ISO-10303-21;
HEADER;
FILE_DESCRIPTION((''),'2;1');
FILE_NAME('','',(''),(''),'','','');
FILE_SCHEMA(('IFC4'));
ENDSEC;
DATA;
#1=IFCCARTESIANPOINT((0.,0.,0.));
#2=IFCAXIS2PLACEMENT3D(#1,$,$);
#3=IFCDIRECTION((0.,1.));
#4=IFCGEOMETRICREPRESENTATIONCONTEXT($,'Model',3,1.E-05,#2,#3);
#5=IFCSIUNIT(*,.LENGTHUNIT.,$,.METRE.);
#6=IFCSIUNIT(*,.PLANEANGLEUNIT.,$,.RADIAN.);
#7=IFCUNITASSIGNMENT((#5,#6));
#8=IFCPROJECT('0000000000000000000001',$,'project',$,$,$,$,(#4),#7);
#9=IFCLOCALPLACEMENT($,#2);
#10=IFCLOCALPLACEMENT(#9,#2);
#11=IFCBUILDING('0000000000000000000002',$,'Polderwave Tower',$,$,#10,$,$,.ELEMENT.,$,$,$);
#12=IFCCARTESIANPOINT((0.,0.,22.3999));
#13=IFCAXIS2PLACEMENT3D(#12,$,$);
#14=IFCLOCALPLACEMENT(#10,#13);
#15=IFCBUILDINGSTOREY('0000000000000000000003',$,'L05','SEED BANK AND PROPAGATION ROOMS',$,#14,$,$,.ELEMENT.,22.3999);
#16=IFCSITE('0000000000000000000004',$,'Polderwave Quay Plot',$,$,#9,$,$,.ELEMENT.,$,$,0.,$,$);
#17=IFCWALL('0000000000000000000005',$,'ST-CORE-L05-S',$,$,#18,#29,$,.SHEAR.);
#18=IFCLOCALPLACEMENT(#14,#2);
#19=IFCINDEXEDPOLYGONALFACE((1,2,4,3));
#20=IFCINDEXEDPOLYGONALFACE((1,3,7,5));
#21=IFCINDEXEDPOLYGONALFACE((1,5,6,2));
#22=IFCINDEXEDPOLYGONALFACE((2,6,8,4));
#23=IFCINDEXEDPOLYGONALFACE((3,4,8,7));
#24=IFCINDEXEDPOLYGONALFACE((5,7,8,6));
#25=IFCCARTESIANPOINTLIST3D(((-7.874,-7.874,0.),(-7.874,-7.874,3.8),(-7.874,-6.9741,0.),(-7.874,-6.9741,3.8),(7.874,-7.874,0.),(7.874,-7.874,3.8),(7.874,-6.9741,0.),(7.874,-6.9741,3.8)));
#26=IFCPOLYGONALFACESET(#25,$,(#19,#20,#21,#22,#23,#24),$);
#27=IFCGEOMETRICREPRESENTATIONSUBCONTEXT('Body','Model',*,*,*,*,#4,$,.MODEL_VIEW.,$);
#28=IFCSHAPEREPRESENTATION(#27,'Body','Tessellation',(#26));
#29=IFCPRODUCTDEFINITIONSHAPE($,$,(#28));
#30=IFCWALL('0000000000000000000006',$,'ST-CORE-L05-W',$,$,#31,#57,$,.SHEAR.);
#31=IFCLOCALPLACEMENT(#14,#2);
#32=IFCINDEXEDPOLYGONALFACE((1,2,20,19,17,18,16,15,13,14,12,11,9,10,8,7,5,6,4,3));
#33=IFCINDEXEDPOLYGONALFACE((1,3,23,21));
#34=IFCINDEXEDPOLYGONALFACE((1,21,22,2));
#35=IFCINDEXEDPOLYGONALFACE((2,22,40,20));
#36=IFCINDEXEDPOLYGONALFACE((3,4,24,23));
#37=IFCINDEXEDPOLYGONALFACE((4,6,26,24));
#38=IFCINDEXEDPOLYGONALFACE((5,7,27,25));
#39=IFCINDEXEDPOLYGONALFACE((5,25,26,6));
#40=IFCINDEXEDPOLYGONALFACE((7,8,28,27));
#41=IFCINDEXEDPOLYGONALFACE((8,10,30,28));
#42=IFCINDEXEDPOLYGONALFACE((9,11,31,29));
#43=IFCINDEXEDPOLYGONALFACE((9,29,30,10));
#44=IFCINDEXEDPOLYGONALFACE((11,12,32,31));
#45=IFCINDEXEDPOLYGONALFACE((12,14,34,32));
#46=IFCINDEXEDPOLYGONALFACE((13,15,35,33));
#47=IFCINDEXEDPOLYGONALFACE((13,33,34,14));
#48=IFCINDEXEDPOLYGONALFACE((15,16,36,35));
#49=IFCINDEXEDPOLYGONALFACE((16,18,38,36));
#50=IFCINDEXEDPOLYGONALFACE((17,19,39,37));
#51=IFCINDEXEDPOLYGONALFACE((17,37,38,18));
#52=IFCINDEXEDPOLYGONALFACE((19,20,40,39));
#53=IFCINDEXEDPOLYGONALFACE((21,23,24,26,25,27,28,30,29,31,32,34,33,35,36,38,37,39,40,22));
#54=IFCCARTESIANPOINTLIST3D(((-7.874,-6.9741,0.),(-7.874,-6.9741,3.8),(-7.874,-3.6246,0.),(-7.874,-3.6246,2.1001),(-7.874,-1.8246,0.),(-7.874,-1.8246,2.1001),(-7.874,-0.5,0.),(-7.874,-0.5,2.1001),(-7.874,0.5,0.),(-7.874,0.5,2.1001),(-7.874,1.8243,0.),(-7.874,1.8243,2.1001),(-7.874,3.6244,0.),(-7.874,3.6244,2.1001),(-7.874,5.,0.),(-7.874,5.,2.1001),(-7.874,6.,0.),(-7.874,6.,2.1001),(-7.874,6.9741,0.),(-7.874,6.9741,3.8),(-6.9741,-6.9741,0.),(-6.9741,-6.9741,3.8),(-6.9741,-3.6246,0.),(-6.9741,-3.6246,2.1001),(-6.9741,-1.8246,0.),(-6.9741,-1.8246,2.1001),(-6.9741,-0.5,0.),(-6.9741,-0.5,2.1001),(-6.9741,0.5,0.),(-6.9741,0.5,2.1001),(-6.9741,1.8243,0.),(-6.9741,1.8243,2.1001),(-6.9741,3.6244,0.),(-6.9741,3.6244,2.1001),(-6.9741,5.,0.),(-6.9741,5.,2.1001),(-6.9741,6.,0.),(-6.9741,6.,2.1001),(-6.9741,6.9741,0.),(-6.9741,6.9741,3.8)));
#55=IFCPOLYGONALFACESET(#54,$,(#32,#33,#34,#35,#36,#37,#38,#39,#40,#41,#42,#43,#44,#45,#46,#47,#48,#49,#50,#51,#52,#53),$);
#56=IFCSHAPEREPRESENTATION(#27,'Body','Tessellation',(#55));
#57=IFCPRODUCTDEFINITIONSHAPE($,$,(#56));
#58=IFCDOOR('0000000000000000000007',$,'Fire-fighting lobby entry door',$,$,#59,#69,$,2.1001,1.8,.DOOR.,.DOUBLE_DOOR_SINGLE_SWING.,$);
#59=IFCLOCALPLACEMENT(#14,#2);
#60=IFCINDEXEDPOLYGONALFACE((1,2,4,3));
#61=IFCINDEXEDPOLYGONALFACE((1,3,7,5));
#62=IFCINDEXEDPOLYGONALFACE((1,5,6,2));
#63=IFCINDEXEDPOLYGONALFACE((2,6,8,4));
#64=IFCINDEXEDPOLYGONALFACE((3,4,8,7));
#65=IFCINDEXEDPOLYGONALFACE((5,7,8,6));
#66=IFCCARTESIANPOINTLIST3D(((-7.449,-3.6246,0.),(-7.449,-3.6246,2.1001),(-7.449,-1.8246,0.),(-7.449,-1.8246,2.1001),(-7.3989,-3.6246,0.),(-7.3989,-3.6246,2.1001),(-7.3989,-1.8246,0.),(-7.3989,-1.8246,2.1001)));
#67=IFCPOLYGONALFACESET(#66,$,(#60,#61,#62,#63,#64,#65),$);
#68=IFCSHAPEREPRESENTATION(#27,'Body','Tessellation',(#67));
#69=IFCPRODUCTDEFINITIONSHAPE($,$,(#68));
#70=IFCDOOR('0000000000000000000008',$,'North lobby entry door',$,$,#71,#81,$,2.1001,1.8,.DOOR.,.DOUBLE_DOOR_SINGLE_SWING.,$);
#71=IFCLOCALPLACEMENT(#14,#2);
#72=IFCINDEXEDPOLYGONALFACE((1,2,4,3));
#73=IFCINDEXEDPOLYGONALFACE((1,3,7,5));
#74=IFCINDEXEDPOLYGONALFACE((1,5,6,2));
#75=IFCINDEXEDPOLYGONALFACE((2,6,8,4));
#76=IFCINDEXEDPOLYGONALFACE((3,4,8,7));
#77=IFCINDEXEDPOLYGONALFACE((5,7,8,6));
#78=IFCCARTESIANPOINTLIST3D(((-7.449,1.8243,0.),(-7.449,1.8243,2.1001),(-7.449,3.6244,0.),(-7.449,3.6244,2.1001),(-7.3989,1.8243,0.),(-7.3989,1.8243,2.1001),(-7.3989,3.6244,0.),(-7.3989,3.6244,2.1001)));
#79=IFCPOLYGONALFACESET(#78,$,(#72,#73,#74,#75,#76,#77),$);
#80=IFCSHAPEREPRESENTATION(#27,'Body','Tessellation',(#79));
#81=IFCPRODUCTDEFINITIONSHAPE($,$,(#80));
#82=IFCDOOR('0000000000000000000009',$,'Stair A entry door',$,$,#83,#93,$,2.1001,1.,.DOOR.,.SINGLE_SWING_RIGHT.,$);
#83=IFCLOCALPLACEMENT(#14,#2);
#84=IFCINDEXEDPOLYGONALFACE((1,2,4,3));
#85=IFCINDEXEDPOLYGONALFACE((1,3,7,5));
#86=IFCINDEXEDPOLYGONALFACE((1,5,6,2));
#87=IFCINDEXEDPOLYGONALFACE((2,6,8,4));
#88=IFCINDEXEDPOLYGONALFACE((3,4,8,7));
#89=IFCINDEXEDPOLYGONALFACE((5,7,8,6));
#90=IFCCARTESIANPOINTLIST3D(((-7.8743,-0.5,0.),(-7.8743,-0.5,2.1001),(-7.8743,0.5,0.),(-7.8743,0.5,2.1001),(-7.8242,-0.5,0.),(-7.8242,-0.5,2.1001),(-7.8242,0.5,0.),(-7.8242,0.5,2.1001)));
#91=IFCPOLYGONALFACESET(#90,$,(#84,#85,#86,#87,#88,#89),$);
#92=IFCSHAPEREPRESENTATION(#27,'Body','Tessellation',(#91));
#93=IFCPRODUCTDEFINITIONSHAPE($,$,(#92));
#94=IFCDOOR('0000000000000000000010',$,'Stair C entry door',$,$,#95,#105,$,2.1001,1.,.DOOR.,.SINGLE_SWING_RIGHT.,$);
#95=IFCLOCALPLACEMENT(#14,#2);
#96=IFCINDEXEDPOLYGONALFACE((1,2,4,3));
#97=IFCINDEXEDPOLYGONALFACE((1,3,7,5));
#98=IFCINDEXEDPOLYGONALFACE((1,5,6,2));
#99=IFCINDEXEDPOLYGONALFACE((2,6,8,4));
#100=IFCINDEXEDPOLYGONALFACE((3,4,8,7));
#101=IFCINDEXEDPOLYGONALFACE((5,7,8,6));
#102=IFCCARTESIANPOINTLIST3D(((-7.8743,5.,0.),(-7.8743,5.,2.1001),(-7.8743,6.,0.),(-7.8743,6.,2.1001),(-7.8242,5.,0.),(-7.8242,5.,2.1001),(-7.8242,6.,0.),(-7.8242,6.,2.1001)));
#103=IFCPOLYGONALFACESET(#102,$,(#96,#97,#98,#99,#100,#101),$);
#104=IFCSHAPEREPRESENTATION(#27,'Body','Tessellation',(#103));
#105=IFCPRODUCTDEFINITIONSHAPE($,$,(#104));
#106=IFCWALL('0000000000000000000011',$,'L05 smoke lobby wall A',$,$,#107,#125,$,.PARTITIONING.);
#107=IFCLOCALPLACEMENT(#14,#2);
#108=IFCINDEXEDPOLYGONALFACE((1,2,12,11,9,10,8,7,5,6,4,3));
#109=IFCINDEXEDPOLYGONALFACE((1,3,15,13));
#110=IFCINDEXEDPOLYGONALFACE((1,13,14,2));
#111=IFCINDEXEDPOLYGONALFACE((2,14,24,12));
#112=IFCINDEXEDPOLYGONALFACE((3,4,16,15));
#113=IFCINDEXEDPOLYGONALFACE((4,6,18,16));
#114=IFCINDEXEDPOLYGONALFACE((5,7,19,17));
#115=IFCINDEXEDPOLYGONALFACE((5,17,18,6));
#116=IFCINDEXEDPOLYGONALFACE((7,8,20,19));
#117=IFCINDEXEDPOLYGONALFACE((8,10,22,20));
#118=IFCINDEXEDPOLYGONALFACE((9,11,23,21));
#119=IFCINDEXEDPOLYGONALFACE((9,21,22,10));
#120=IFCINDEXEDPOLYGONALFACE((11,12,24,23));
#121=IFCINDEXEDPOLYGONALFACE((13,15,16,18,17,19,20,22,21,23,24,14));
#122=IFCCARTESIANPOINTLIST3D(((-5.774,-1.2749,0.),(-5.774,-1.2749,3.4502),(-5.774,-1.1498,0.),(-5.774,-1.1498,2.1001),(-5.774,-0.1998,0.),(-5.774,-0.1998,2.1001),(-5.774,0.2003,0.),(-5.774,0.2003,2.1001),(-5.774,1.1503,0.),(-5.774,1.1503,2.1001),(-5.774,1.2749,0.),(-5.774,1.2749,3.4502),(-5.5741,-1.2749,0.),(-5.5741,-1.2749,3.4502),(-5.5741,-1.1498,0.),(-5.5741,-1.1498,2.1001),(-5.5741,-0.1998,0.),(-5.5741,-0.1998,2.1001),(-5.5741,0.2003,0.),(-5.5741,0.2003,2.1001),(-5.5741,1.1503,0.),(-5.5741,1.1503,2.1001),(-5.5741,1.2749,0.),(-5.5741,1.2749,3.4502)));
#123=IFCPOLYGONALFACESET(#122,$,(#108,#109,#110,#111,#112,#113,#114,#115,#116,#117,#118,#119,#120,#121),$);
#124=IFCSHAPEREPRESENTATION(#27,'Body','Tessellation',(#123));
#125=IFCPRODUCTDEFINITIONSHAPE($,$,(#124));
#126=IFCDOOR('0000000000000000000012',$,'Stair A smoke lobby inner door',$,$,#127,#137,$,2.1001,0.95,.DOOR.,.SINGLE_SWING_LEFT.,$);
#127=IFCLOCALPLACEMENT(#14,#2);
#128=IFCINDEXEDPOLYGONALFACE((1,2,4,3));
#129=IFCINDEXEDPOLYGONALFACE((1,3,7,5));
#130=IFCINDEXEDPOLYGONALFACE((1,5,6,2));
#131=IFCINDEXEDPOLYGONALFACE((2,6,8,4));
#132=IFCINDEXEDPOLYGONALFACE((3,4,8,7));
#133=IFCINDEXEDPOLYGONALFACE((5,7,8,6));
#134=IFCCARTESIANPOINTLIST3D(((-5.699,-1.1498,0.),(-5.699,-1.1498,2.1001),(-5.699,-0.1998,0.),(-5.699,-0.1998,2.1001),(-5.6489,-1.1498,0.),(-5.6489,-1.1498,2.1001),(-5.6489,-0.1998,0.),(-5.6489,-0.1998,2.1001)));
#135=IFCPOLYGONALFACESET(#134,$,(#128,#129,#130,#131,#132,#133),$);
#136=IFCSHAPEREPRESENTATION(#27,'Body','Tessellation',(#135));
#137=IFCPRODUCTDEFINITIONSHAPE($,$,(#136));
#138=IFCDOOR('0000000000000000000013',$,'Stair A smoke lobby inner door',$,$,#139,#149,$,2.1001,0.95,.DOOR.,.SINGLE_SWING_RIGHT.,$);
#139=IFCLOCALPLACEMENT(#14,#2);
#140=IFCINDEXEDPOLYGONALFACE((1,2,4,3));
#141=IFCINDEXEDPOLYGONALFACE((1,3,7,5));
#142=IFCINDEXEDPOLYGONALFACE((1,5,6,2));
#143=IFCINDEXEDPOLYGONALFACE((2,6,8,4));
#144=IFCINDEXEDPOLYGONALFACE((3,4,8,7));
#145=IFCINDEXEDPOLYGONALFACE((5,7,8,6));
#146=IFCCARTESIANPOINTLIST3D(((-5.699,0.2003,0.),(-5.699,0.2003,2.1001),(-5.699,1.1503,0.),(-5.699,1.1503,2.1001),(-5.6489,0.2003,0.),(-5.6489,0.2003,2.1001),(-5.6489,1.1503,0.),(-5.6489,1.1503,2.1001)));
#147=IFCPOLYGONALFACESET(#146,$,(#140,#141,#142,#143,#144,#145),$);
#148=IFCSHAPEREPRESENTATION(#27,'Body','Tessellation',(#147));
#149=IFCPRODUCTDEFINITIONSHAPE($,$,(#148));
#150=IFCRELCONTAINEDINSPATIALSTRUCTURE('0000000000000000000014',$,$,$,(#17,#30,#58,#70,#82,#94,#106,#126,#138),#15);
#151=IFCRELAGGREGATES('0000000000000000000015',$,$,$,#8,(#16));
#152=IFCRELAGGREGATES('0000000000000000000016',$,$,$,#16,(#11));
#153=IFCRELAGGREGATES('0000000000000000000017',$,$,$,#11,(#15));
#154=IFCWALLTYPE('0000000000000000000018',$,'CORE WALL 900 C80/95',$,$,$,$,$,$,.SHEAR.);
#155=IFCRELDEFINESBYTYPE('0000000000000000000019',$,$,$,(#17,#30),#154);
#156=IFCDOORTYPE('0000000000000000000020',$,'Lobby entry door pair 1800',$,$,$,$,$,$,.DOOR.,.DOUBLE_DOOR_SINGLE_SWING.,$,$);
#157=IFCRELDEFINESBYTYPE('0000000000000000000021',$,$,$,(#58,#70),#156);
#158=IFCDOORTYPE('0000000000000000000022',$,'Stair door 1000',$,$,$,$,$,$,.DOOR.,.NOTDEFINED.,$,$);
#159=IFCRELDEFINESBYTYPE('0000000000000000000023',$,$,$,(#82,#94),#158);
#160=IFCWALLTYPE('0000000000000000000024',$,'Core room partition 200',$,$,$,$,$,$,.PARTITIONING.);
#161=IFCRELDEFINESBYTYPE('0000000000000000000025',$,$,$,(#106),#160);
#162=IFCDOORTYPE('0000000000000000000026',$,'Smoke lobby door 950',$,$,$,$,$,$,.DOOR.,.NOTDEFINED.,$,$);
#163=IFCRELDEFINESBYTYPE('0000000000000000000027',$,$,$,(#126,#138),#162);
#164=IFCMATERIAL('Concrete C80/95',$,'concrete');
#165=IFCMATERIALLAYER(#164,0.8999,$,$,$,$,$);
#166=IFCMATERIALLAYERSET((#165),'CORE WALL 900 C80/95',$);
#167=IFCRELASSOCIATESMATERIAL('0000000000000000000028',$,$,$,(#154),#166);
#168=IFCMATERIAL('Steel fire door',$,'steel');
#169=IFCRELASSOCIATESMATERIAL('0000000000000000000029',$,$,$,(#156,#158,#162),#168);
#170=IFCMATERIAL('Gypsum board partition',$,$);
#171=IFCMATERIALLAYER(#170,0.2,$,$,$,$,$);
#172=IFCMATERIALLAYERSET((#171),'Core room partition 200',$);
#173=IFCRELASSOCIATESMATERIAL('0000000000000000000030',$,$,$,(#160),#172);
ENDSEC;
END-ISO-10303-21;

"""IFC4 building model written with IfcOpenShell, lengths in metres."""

from ifc_helpers import new_model, si_unit, direction, frame, frame_2d, origin, place, context, subcontext, project, spatial, rectangle, extrude, material, layer, layer_set, type_object, element, fill, save


model = new_model("IFC4")

# Units and contexts
model_context = context("Model", 3, precision=1e-05, world=origin(), true_north=direction((0.0, 1.0)))
body_context = subcontext(model_context, "Body", "Model", "MODEL_VIEW")
ifc_project = project(units=[si_unit("LENGTHUNIT", "METRE"), si_unit("PLANEANGLEUNIT", "RADIAN")], contexts=[model_context])

# Site, building, storey
site_placement = place(None, origin())
site = spatial("IfcSite", under=ifc_project, at=site_placement, Name="Polderwave Quay Plot", CompositionType="ELEMENT", RefElevation=0.0)
building_placement = place(site_placement, origin())
building = spatial("IfcBuilding", under=site, at=building_placement, Name="Polderwave Tower", CompositionType="ELEMENT")
storey_placement = place(building_placement, frame((0.0, 0.0, 22.3999)))
storey = spatial("IfcBuildingStorey", under=building, at=storey_placement, Name="L05", Description="SEED BANK AND PROPAGATION ROOMS", CompositionType="ELEMENT", Elevation=22.3999)

# Wall
ifc_material_1 = material(Name="Concrete C80/95", Category="concrete")
ifc_layer_1 = layer(ifc_material_1, 0.8999)
ifc_layer_set_1 = layer_set([ifc_layer_1], Name="CORE WALL 900 C80/95")
wall_type_1 = type_object("IfcWallType", Name="CORE WALL 900 C80/95", PredefinedType="SHEAR", material=ifc_layer_set_1)
wall_1_placement = place(storey_placement, frame((-7.874, -7.4241, 0.0), z_axis=(0.0, 0.0, 1.0), x_axis=(1.0, 0.0, 0.0)))
element("IfcWall", 1, at=wall_1_placement, inside=storey, type_object=wall_type_1, Name="ST-CORE-L05-S", PredefinedType="SHEAR", context=body_context, shape_type="SweptSolid", body=[
    extrude(rectangle(XDim=15.748, YDim=0.8999, at=frame_2d((7.874, 0.0))), origin(), (0.0, 0.0, 1.0), 3.8),
])

# Walls, openings, doors
wall_2_placement = place(storey_placement, frame((-7.4241, -6.9741, 0.0), z_axis=(0.0, 0.0, 1.0), x_axis=(0.0, 1.0, 0.0)))
wall_2 = element("IfcWall", 2, at=wall_2_placement, inside=storey, type_object=wall_type_1, Name="ST-CORE-L05-W", PredefinedType="SHEAR", context=body_context, shape_type="SweptSolid", body=[
    extrude(rectangle(XDim=13.9482, YDim=0.8999, at=frame_2d((6.9741, 0.0))), origin(), (0.0, 0.0, 1.0), 3.8),
])
opening_1_placement = place(wall_2_placement, frame((6.4741, 0.0, 0.0)))
opening_1 = element("IfcOpeningElement", 3, at=opening_1_placement, cuts=wall_2, PredefinedType="OPENING", context=body_context, shape_type="SweptSolid", body=[
    extrude(rectangle(XDim=1.0, YDim=2.1001, at=frame_2d((0.5, 1.05))), frame((0.0, 0.46, 0.0), z_axis=(0.0, -1.0, 0.0), x_axis=(1.0, 0.0, 0.0)), (0.0, 0.0, 1.0), 0.9199),
])
opening_2_placement = place(wall_2_placement, frame((3.3496, 0.0, 0.0)))
opening_2 = element("IfcOpeningElement", 4, at=opening_2_placement, cuts=wall_2, PredefinedType="OPENING", context=body_context, shape_type="SweptSolid", body=[
    extrude(rectangle(XDim=1.8, YDim=2.1001, at=frame_2d((0.8999, 1.05))), frame((0.0, 0.46, 0.0), z_axis=(0.0, -1.0, 0.0), x_axis=(1.0, 0.0, 0.0)), (0.0, 0.0, 1.0), 0.9199),
])
opening_3_placement = place(wall_2_placement, frame((8.7986, 0.0, 0.0)))
opening_3 = element("IfcOpeningElement", 5, at=opening_3_placement, cuts=wall_2, PredefinedType="OPENING", context=body_context, shape_type="SweptSolid", body=[
    extrude(rectangle(XDim=1.8, YDim=2.1001, at=frame_2d((0.8999, 1.05))), frame((0.0, 0.46, 0.0), z_axis=(0.0, -1.0, 0.0), x_axis=(1.0, 0.0, 0.0)), (0.0, 0.0, 1.0), 0.9199),
])
opening_4_placement = place(wall_2_placement, frame((11.9741, 0.0, 0.0)))
opening_4 = element("IfcOpeningElement", 6, at=opening_4_placement, cuts=wall_2, PredefinedType="OPENING", context=body_context, shape_type="SweptSolid", body=[
    extrude(rectangle(XDim=1.0, YDim=2.1001, at=frame_2d((0.5, 1.05))), frame((0.0, 0.46, 0.0), z_axis=(0.0, -1.0, 0.0), x_axis=(1.0, 0.0, 0.0)), (0.0, 0.0, 1.0), 0.9199),
])
ifc_material_2 = material(Name="Steel fire door", Category="steel")
door_type_1 = type_object("IfcDoorType", Name="Lobby entry door pair 1800", OperationType="DOUBLE_DOOR_SINGLE_SWING", PredefinedType="DOOR", material=ifc_material_2)
door_1_placement = place(opening_2_placement, origin())
door_1 = element("IfcDoor", 7, at=door_1_placement, inside=storey, type_object=door_type_1, Name="Fire-fighting lobby entry door", OperationType="DOUBLE_DOOR_SINGLE_SWING", OverallHeight=2.1001, OverallWidth=1.8, PredefinedType="DOOR", context=body_context, shape_type="SweptSolid", body=[
    extrude(rectangle(XDim=1.8, YDim=2.1001, at=frame_2d((0.8999, 1.05))), frame((0.0, 0.0249, 0.0), z_axis=(0.0, -1.0, 0.0), x_axis=(1.0, 0.0, 0.0)), (0.0, 0.0, 1.0), 0.05),
])
fill(opening_2, door_1)
door_2_placement = place(opening_3_placement, origin())
door_2 = element("IfcDoor", 8, at=door_2_placement, inside=storey, type_object=door_type_1, Name="North lobby entry door", OperationType="DOUBLE_DOOR_SINGLE_SWING", OverallHeight=2.1001, OverallWidth=1.8, PredefinedType="DOOR", context=body_context, shape_type="SweptSolid", body=[
    extrude(rectangle(XDim=1.8, YDim=2.1001, at=frame_2d((0.8999, 1.05))), frame((0.0, 0.0249, 0.0), z_axis=(0.0, -1.0, 0.0), x_axis=(1.0, 0.0, 0.0)), (0.0, 0.0, 1.0), 0.05),
])
fill(opening_3, door_2)
door_type_2 = type_object("IfcDoorType", Name="Stair door 1000", OperationType="NOTDEFINED", PredefinedType="DOOR", material=ifc_material_2)
door_3_placement = place(opening_1_placement, origin())
door_3 = element("IfcDoor", 9, at=door_3_placement, inside=storey, type_object=door_type_2, Name="Stair A entry door", OperationType="SINGLE_SWING_RIGHT", OverallHeight=2.1001, OverallWidth=1.0, PredefinedType="DOOR", context=body_context, shape_type="SweptSolid", body=[
    extrude(rectangle(XDim=1.0, YDim=2.1001, at=frame_2d((0.5, 1.05))), frame((0.0, 0.4502, 0.0), z_axis=(0.0, -1.0, 0.0), x_axis=(1.0, 0.0, 0.0)), (0.0, 0.0, 1.0), 0.05),
])
fill(opening_1, door_3)
door_4_placement = place(opening_4_placement, origin())
door_4 = element("IfcDoor", 10, at=door_4_placement, inside=storey, type_object=door_type_2, Name="Stair C entry door", OperationType="SINGLE_SWING_RIGHT", OverallHeight=2.1001, OverallWidth=1.0, PredefinedType="DOOR", context=body_context, shape_type="SweptSolid", body=[
    extrude(rectangle(XDim=1.0, YDim=2.1001, at=frame_2d((0.5, 1.05))), frame((0.0, 0.4502, 0.0), z_axis=(0.0, -1.0, 0.0), x_axis=(1.0, 0.0, 0.0)), (0.0, 0.0, 1.0), 0.05),
])
fill(opening_4, door_4)
ifc_material_3 = material(Name="Gypsum board partition")
ifc_layer_2 = layer(ifc_material_3, 0.2)
ifc_layer_set_2 = layer_set([ifc_layer_2], Name="Core room partition 200")
wall_type_2 = type_object("IfcWallType", Name="Core room partition 200", PredefinedType="PARTITIONING", material=ifc_layer_set_2)
wall_3_placement = place(storey_placement, frame((-5.6741, -1.2749, 0.0), z_axis=(0.0, 0.0, 1.0), x_axis=(0.0, 1.0, 0.0)))
wall_3 = element("IfcWall", 11, at=wall_3_placement, inside=storey, type_object=wall_type_2, Name="L05 smoke lobby wall A", PredefinedType="PARTITIONING", context=body_context, shape_type="SweptSolid", body=[
    extrude(rectangle(XDim=2.5498, YDim=0.2, at=frame_2d((1.2749, 0.0))), origin(), (0.0, 0.0, 1.0), 3.4502),
])
opening_5_placement = place(wall_3_placement, frame((0.125, 0.0, 0.0)))
opening_5 = element("IfcOpeningElement", 12, at=opening_5_placement, cuts=wall_3, PredefinedType="OPENING", context=body_context, shape_type="SweptSolid", body=[
    extrude(rectangle(XDim=0.95, YDim=2.1001, at=frame_2d((0.4751, 1.05))), frame((0.0, 0.1099, 0.0), z_axis=(0.0, -1.0, 0.0), x_axis=(1.0, 0.0, 0.0)), (0.0, 0.0, 1.0), 0.22),
])
opening_6_placement = place(wall_3_placement, frame((1.4751, 0.0, 0.0)))
opening_6 = element("IfcOpeningElement", 13, at=opening_6_placement, cuts=wall_3, PredefinedType="OPENING", context=body_context, shape_type="SweptSolid", body=[
    extrude(rectangle(XDim=0.95, YDim=2.1001, at=frame_2d((0.4751, 1.05))), frame((0.0, 0.1099, 0.0), z_axis=(0.0, -1.0, 0.0), x_axis=(1.0, 0.0, 0.0)), (0.0, 0.0, 1.0), 0.22),
])
door_type_3 = type_object("IfcDoorType", Name="Smoke lobby door 950", OperationType="NOTDEFINED", PredefinedType="DOOR", material=ifc_material_2)
door_5_placement = place(opening_5_placement, origin())
door_5 = element("IfcDoor", 14, at=door_5_placement, inside=storey, type_object=door_type_3, Name="Stair A smoke lobby inner door", OperationType="SINGLE_SWING_LEFT", OverallHeight=2.1001, OverallWidth=0.95, PredefinedType="DOOR", context=body_context, shape_type="SweptSolid", body=[
    extrude(rectangle(XDim=0.95, YDim=2.1001, at=frame_2d((0.4751, 1.05))), frame((0.0, 0.0249, 0.0), z_axis=(0.0, -1.0, 0.0), x_axis=(1.0, 0.0, 0.0)), (0.0, 0.0, 1.0), 0.05),
])
fill(opening_5, door_5)
door_6_placement = place(opening_6_placement, origin())
door_6 = element("IfcDoor", 15, at=door_6_placement, inside=storey, type_object=door_type_3, Name="Stair A smoke lobby inner door", OperationType="SINGLE_SWING_RIGHT", OverallHeight=2.1001, OverallWidth=0.95, PredefinedType="DOOR", context=body_context, shape_type="SweptSolid", body=[
    extrude(rectangle(XDim=0.95, YDim=2.1001, at=frame_2d((0.4751, 1.05))), frame((0.0, 0.0249, 0.0), z_axis=(0.0, -1.0, 0.0), x_axis=(1.0, 0.0, 0.0)), (0.0, 0.0, 1.0), 0.05),
])
fill(opening_6, door_6)

save(model, "model.ifc")
